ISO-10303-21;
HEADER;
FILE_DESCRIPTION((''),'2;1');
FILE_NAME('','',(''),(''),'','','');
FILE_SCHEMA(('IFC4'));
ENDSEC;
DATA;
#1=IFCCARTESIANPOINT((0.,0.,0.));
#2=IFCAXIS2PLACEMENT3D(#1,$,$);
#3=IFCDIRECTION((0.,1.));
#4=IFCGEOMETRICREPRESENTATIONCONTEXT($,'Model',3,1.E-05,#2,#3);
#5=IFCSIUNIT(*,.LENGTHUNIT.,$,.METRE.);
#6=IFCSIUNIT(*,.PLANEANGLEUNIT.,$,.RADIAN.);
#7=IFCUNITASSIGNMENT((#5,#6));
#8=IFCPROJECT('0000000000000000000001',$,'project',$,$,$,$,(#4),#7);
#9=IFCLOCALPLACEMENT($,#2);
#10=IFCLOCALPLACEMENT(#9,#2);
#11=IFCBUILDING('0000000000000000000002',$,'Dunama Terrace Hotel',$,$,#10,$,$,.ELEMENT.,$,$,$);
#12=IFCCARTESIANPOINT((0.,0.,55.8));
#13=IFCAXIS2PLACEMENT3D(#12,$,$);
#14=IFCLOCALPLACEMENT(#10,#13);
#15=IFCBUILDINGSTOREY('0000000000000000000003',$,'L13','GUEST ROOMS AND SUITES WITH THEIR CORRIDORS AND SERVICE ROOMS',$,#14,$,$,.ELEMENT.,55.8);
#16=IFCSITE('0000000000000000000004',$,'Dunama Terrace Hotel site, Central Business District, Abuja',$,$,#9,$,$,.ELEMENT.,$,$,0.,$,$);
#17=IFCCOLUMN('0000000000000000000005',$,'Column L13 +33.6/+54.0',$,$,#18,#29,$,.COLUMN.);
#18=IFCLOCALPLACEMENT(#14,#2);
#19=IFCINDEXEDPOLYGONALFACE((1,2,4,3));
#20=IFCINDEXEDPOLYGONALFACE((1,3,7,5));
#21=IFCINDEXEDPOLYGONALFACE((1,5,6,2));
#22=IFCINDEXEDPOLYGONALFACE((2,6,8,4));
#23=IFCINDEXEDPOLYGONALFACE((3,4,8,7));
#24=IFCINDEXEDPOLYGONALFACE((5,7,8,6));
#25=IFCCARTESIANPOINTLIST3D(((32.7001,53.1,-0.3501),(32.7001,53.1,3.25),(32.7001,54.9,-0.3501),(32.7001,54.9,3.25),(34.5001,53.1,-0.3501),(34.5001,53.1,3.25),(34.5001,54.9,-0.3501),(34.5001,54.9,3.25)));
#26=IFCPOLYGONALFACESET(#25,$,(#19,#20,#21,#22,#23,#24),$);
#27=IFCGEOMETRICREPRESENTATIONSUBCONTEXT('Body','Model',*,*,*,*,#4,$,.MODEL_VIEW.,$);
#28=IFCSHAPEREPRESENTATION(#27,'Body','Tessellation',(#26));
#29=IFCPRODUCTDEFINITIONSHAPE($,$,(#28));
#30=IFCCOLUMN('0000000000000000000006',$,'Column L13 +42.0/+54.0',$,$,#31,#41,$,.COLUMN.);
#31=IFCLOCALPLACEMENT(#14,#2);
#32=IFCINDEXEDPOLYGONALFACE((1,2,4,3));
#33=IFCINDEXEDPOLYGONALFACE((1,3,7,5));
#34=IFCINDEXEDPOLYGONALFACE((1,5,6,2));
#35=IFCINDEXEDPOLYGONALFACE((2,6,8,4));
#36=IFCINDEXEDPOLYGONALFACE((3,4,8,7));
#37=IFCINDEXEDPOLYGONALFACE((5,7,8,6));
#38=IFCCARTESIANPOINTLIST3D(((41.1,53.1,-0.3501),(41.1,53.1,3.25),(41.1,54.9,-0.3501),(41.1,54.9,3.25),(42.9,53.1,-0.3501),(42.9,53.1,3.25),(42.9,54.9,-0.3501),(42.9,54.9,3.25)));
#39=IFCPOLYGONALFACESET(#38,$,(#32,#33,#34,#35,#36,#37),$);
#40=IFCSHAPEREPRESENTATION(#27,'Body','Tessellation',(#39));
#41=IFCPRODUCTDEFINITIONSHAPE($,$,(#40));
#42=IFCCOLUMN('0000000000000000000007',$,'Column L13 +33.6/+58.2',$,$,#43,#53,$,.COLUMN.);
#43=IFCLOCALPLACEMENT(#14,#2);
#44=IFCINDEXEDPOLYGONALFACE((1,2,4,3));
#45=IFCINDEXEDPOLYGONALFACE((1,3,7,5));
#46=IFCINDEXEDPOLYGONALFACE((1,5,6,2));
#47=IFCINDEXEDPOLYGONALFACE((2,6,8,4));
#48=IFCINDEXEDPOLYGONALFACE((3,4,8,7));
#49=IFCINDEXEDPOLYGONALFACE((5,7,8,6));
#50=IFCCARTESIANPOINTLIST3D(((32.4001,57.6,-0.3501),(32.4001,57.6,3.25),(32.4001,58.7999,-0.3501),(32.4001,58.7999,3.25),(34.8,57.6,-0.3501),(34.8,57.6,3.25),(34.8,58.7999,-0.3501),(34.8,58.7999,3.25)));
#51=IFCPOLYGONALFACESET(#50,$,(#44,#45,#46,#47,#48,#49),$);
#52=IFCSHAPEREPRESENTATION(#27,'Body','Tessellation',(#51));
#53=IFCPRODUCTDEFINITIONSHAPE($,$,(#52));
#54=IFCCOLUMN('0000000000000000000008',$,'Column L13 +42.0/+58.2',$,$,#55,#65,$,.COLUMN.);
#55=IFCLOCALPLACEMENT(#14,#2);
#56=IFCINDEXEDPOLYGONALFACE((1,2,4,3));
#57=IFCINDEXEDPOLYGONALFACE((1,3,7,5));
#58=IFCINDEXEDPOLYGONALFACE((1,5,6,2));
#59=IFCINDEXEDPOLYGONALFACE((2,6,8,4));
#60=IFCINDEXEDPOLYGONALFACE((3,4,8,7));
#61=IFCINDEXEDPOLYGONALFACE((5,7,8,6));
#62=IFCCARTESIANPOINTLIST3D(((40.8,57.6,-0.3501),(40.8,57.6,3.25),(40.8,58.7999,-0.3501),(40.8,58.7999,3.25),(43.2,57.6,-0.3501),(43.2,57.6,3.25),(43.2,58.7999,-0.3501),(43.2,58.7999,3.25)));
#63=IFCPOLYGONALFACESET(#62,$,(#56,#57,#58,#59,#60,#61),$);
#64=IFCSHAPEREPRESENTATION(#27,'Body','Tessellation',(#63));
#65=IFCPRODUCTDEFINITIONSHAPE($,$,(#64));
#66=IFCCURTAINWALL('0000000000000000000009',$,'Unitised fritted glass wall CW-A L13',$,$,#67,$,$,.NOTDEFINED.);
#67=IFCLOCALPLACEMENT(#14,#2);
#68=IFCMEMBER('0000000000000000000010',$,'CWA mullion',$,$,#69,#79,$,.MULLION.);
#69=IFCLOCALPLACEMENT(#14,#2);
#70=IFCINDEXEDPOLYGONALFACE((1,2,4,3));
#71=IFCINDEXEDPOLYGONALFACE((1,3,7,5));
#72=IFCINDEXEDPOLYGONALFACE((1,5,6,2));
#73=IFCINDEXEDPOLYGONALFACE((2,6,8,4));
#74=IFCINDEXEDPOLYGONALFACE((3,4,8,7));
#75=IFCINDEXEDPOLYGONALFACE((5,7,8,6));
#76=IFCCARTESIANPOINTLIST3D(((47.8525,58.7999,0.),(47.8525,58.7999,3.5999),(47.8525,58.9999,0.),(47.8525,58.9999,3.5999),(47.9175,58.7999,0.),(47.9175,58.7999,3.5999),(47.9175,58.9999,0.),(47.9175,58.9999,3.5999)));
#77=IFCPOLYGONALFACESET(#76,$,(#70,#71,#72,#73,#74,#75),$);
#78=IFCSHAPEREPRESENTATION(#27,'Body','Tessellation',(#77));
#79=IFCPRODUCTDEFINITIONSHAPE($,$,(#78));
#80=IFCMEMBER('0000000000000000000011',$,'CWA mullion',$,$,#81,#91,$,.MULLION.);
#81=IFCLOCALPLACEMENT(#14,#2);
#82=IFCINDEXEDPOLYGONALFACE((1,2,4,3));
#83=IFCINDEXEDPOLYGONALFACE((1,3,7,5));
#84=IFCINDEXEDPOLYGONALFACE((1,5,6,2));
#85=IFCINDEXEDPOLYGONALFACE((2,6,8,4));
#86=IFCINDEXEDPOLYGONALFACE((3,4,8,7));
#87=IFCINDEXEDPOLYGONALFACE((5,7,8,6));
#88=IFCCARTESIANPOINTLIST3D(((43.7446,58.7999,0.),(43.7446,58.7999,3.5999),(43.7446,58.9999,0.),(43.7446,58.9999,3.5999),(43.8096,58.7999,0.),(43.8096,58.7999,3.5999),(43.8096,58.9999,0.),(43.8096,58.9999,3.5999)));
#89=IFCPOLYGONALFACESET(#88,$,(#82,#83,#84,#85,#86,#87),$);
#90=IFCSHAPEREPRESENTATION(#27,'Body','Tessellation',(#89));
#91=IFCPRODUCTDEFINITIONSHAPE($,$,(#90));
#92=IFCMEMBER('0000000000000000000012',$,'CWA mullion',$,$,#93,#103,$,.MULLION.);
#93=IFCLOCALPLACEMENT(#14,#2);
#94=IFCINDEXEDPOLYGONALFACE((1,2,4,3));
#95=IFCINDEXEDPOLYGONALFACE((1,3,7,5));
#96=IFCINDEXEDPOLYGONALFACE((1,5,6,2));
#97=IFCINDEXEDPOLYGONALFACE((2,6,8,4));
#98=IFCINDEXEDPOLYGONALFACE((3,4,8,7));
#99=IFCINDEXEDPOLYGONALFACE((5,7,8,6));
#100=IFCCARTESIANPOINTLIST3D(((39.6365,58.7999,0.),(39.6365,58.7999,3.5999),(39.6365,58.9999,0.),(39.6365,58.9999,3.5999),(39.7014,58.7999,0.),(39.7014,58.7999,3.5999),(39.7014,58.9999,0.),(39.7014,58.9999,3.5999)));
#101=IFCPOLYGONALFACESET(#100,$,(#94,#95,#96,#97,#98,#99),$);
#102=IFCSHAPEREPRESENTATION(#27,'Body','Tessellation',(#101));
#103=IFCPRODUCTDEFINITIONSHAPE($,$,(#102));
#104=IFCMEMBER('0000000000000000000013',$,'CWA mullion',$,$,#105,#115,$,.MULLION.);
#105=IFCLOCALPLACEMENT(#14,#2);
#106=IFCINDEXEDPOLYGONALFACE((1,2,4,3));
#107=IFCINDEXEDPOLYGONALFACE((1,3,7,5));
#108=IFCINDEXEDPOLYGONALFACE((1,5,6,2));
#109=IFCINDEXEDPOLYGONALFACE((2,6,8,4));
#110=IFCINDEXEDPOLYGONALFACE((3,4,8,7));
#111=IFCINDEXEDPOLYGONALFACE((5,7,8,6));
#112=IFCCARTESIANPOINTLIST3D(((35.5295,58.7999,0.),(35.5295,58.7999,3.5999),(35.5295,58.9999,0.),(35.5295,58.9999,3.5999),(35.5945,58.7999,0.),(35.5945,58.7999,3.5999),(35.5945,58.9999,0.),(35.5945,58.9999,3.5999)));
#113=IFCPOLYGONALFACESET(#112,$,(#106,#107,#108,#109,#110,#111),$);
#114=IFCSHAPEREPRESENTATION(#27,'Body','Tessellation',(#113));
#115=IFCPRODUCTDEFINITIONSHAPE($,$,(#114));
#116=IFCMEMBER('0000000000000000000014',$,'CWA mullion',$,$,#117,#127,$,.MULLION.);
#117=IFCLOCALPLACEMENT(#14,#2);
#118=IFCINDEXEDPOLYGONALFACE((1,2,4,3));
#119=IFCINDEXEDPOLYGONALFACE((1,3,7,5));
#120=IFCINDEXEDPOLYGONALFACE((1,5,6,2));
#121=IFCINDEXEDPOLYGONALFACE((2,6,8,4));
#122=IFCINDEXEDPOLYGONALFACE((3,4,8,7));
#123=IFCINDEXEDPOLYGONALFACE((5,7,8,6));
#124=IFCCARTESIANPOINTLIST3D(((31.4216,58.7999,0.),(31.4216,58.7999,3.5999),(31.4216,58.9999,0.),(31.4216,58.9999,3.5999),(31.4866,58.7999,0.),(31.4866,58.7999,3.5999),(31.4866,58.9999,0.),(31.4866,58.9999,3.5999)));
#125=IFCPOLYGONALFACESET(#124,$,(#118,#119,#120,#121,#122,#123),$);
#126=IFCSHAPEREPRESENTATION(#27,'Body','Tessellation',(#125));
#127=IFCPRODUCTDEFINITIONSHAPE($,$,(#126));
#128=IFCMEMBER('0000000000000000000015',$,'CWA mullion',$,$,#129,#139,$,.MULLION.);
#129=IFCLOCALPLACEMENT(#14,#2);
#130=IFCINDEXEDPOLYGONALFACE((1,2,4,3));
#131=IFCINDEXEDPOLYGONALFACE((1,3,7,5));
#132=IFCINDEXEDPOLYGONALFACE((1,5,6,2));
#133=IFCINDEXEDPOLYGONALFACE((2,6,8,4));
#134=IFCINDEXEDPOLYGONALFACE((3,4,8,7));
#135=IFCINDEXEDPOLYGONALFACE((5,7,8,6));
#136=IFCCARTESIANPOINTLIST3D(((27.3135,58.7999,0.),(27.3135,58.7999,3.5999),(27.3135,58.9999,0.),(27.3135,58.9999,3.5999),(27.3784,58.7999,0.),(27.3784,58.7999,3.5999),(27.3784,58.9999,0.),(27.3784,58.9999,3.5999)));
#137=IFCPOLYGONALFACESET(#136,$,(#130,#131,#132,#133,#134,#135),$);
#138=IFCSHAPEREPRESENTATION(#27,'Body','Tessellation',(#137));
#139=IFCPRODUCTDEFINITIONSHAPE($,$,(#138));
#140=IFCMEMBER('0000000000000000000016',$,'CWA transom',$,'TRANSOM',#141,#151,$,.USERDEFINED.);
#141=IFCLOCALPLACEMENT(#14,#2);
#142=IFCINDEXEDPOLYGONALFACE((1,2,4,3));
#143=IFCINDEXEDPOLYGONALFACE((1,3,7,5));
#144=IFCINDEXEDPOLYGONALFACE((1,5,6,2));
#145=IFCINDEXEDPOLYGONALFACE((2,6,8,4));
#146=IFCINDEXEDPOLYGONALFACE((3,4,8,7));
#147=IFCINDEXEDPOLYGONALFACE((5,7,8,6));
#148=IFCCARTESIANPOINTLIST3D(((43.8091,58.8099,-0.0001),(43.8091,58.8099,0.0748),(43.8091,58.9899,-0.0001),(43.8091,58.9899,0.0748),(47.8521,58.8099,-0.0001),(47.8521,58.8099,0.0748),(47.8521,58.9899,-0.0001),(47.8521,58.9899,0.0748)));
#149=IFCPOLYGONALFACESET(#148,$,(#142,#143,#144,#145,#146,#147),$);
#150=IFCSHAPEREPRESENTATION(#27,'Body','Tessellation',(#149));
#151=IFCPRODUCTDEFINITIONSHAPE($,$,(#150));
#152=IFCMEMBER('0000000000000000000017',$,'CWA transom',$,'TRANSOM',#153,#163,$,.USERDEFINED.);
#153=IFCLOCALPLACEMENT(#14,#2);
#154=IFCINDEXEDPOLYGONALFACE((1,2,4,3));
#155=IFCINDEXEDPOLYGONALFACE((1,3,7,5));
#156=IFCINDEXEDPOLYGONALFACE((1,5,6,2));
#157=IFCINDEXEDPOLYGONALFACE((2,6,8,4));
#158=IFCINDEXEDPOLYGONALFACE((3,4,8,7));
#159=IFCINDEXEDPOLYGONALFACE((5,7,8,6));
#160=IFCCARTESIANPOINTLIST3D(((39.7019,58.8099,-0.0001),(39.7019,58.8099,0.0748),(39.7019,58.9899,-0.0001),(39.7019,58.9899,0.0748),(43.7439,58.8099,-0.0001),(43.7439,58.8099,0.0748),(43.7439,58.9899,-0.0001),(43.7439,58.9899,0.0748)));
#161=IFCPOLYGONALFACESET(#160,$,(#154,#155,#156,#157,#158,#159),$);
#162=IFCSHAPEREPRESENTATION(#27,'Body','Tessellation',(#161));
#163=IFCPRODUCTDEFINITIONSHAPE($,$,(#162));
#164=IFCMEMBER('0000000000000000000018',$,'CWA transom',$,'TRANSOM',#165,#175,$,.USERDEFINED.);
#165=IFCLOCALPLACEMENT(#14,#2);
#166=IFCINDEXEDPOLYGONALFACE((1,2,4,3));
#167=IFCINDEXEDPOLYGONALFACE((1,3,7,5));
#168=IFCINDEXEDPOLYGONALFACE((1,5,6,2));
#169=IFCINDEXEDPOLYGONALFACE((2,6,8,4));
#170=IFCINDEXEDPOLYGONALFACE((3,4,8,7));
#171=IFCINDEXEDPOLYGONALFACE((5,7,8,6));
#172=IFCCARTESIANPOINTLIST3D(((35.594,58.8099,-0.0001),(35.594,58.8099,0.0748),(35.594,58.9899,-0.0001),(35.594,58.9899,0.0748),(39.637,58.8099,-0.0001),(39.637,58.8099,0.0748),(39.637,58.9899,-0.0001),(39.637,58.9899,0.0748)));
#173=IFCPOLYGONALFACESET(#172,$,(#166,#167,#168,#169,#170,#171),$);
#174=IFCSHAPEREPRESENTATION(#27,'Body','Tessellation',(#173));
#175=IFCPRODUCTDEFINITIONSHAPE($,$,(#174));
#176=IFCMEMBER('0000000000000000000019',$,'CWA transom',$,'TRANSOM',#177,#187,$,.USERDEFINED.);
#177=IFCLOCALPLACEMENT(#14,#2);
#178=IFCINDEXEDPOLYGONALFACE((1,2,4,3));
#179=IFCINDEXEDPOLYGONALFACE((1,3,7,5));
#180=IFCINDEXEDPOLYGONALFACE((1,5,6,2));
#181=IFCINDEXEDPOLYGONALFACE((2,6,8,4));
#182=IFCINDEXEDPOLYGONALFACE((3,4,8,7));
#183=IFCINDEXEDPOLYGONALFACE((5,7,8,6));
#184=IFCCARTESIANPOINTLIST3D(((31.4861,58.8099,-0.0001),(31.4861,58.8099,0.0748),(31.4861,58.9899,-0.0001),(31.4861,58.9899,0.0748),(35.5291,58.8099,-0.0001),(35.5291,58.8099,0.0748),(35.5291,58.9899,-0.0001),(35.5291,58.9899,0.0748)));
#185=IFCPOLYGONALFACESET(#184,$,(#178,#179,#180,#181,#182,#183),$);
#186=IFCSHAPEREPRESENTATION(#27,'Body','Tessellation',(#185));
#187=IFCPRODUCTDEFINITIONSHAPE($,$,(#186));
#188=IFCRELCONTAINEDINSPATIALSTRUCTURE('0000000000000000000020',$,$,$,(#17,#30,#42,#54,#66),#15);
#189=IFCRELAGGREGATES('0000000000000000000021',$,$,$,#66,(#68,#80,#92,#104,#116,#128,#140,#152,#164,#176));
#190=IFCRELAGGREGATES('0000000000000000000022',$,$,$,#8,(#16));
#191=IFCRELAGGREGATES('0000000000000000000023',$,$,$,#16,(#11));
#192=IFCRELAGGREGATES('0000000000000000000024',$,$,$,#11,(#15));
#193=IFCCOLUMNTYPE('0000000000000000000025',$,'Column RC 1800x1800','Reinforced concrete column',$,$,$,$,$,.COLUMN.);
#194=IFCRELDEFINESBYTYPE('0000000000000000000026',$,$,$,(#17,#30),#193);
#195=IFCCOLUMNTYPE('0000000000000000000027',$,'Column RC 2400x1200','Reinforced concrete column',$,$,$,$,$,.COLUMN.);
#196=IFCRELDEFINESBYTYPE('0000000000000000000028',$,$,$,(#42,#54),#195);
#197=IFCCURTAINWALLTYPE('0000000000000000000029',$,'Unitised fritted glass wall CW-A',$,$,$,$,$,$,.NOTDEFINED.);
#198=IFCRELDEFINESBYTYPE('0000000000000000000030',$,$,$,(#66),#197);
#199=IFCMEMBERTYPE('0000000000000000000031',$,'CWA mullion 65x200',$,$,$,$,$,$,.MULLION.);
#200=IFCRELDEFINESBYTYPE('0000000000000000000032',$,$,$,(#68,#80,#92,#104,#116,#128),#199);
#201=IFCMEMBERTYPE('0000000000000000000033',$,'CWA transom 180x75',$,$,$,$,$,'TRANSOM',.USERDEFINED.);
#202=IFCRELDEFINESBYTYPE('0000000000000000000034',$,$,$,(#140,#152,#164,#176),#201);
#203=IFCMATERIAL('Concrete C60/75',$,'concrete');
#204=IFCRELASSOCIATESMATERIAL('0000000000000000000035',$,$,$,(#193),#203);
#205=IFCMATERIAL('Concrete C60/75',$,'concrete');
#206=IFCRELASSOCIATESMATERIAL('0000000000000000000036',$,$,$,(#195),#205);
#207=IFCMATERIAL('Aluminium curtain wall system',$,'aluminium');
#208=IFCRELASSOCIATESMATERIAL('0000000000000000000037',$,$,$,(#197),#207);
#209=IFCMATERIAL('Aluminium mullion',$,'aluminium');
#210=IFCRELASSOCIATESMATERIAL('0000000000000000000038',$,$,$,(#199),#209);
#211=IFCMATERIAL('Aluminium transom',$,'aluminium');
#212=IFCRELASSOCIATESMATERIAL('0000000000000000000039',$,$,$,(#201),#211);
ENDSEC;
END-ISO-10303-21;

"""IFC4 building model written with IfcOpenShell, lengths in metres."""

from ifc_helpers import new_model, si_unit, direction, frame, origin, origin_2d, place, context, subcontext, project, spatial, rectangle, extrude, material, material_profile, profile_set, type_object, element, aggregate, save


model = new_model("IFC4")

# Units and contexts
model_context = context("Model", 3, precision=1e-05, world=origin(), true_north=direction((0.0, 1.0)))
body_context = subcontext(model_context, "Body", "Model", "MODEL_VIEW")
ifc_project = project(units=[si_unit("LENGTHUNIT", "METRE"), si_unit("PLANEANGLEUNIT", "RADIAN")], contexts=[model_context])

# Site, building, storey
site_placement = place(None, origin())
site = spatial("IfcSite", under=ifc_project, at=site_placement, Name="Dunama Terrace Hotel site, Central Business District, Abuja", CompositionType="ELEMENT", RefElevation=0.0)
building_placement = place(site_placement, origin())
building = spatial("IfcBuilding", under=site, at=building_placement, Name="Dunama Terrace Hotel", CompositionType="ELEMENT")
storey_placement = place(building_placement, frame((0.0, 0.0, 55.8)))
storey = spatial("IfcBuildingStorey", under=building, at=storey_placement, Name="L13", Description="GUEST ROOMS AND SUITES WITH THEIR CORRIDORS AND SERVICE ROOMS", CompositionType="ELEMENT", Elevation=55.8)

# Columns
ifc_material_1 = material(Name="Concrete C60/75", Category="concrete")
ifc_material_profile_1 = material_profile(ifc_material_1, rectangle(XDim=1.8, YDim=1.8, at=origin_2d()), Name="RC 1800x1800")
ifc_profile_set_1 = profile_set([ifc_material_profile_1], Name="Concrete C60/75")
column_type_1 = type_object("IfcColumnType", Name="Column RC 1800x1800", Description="Reinforced concrete column", PredefinedType="COLUMN", material=ifc_profile_set_1)
for number, where, z_axis, x_axis, name in (
    (1, (33.6001, 54.0, -0.3501), (0.0, 0.0, 1.0), (1.0, 0.0, 0.0), "Column L13 +33.6/+54.0"),
    (2, (42.0, 54.0, -0.3501), (0.0, 0.0, 1.0), (1.0, 0.0, 0.0), "Column L13 +42.0/+54.0"),
):
    element("IfcColumn", number, at=place(storey_placement, frame(where, z_axis=z_axis, x_axis=x_axis)), inside=storey, type_object=column_type_1, Name=name, PredefinedType="COLUMN", context=body_context, shape_type="SweptSolid", body=[
        extrude(rectangle(XDim=1.8, YDim=1.8, at=origin_2d()), origin(), (0.0, 0.0, 1.0), 3.6001),
    ])
ifc_material_2 = material(Name="Concrete C60/75", Category="concrete")
ifc_material_profile_2 = material_profile(ifc_material_2, rectangle(XDim=2.3999, YDim=1.2, at=origin_2d()), Name="RC 2400x1200")
ifc_profile_set_2 = profile_set([ifc_material_profile_2], Name="Concrete C60/75")
column_type_2 = type_object("IfcColumnType", Name="Column RC 2400x1200", Description="Reinforced concrete column", PredefinedType="COLUMN", material=ifc_profile_set_2)
for number, where, z_axis, x_axis, name in (
    (3, (33.6001, 58.2, -0.3501), (0.0, 0.0, 1.0), (1.0, 0.0, 0.0), "Column L13 +33.6/+58.2"),
    (4, (42.0, 58.2, -0.3501), (0.0, 0.0, 1.0), (1.0, 0.0, 0.0), "Column L13 +42.0/+58.2"),
):
    element("IfcColumn", number, at=place(storey_placement, frame(where, z_axis=z_axis, x_axis=x_axis)), inside=storey, type_object=column_type_2, Name=name, PredefinedType="COLUMN", context=body_context, shape_type="SweptSolid", body=[
        extrude(rectangle(XDim=2.3999, YDim=1.2, at=origin_2d()), origin(), (0.0, 0.0, 1.0), 3.6001),
    ])

# Curtain wall, members
ifc_material_3 = material(Name="Aluminium curtain wall system", Category="aluminium")
curtain_wall_type = type_object("IfcCurtainWallType", Name="Unitised fritted glass wall CW-A", PredefinedType="NOTDEFINED", material=ifc_material_3)
curtain_wall_placement = place(storey_placement, origin())
curtain_wall = element("IfcCurtainWall", 5, at=curtain_wall_placement, inside=storey, type_object=curtain_wall_type, Name="Unitised fritted glass wall CW-A L13", PredefinedType="NOTDEFINED")
ifc_material_4 = material(Name="Aluminium mullion", Category="aluminium")
ifc_material_profile_3 = material_profile(ifc_material_4, rectangle(XDim=0.0649, YDim=0.2, at=origin_2d()), Name="CWA MULLION 65X200")
ifc_profile_set_3 = profile_set([ifc_material_profile_3], Name="Aluminium mullion")
member_type_1 = type_object("IfcMemberType", Name="CWA mullion 65x200", PredefinedType="MULLION", material=ifc_profile_set_3)
member_1_placement = place(storey_placement, frame((47.885, 58.8999, 0.0), z_axis=(0.0, 0.0, 1.0), x_axis=(-1.0, 0.0, 0.0)))
member_1 = element("IfcMember", 6, at=member_1_placement, type_object=member_type_1, Name="CWA mullion", PredefinedType="MULLION", context=body_context, shape_type="SweptSolid", body=[
    extrude(rectangle(XDim=0.0649, YDim=0.2, at=origin_2d()), origin(), (0.0, 0.0, 1.0), 3.5999),
])
member_2_placement = place(storey_placement, frame((43.7771, 58.8999, 0.0), z_axis=(0.0, 0.0, 1.0), x_axis=(-1.0, 0.0, 0.0)))
member_2 = element("IfcMember", 7, at=member_2_placement, type_object=member_type_1, Name="CWA mullion", PredefinedType="MULLION", context=body_context, shape_type="SweptSolid", body=[
    extrude(rectangle(XDim=0.0649, YDim=0.2, at=origin_2d()), origin(), (0.0, 0.0, 1.0), 3.5999),
])
member_3_placement = place(storey_placement, frame((39.6689, 58.8999, 0.0), z_axis=(0.0, 0.0, 1.0), x_axis=(-1.0, 0.0, 0.0)))
member_3 = element("IfcMember", 8, at=member_3_placement, type_object=member_type_1, Name="CWA mullion", PredefinedType="MULLION", context=body_context, shape_type="SweptSolid", body=[
    extrude(rectangle(XDim=0.0649, YDim=0.2, at=origin_2d()), origin(), (0.0, 0.0, 1.0), 3.5999),
])
member_4_placement = place(storey_placement, frame((35.562, 58.8999, 0.0), z_axis=(0.0, 0.0, 1.0), x_axis=(-1.0, 0.0, 0.0)))
member_4 = element("IfcMember", 9, at=member_4_placement, type_object=member_type_1, Name="CWA mullion", PredefinedType="MULLION", context=body_context, shape_type="SweptSolid", body=[
    extrude(rectangle(XDim=0.0649, YDim=0.2, at=origin_2d()), origin(), (0.0, 0.0, 1.0), 3.5999),
])
member_5_placement = place(storey_placement, frame((31.4541, 58.8999, 0.0), z_axis=(0.0, 0.0, 1.0), x_axis=(-1.0, 0.0, 0.0)))
member_5 = element("IfcMember", 10, at=member_5_placement, type_object=member_type_1, Name="CWA mullion", PredefinedType="MULLION", context=body_context, shape_type="SweptSolid", body=[
    extrude(rectangle(XDim=0.0649, YDim=0.2, at=origin_2d()), origin(), (0.0, 0.0, 1.0), 3.5999),
])
member_6_placement = place(storey_placement, frame((27.3459, 58.8999, 0.0), z_axis=(0.0, 0.0, 1.0), x_axis=(-1.0, 0.0, 0.0)))
member_6 = element("IfcMember", 11, at=member_6_placement, type_object=member_type_1, Name="CWA mullion", PredefinedType="MULLION", context=body_context, shape_type="SweptSolid", body=[
    extrude(rectangle(XDim=0.0649, YDim=0.2, at=origin_2d()), origin(), (0.0, 0.0, 1.0), 3.5999),
])
ifc_material_5 = material(Name="Aluminium transom", Category="aluminium")
ifc_material_profile_4 = material_profile(ifc_material_5, rectangle(XDim=0.1799, YDim=0.075, at=origin_2d()), Name="CWA TRANSOM 180X75")
ifc_profile_set_4 = profile_set([ifc_material_profile_4], Name="Aluminium transom")
member_type_2 = type_object("IfcMemberType", Name="CWA transom 180x75", ElementType="TRANSOM", PredefinedType="USERDEFINED", material=ifc_profile_set_4)
member_7_placement = place(storey_placement, frame((47.8521, 58.8999, 0.0374), z_axis=(-1.0, 0.0, 0.0), x_axis=(0.0, -1.0, 0.0)))
member_7 = element("IfcMember", 12, at=member_7_placement, type_object=member_type_2, Name="CWA transom", ObjectType="TRANSOM", PredefinedType="USERDEFINED", context=body_context, shape_type="SweptSolid", body=[
    extrude(rectangle(XDim=0.1799, YDim=0.075, at=origin_2d()), origin(), (0.0, 0.0, 1.0), 4.043),
])
member_8_placement = place(storey_placement, frame((43.7439, 58.8999, 0.0374), z_axis=(-1.0, 0.0, 0.0), x_axis=(0.0, -1.0, 0.0)))
member_8 = element("IfcMember", 13, at=member_8_placement, type_object=member_type_2, Name="CWA transom", ObjectType="TRANSOM", PredefinedType="USERDEFINED", context=body_context, shape_type="SweptSolid", body=[
    extrude(rectangle(XDim=0.1799, YDim=0.075, at=origin_2d()), origin(), (0.0, 0.0, 1.0), 4.042),
])
member_9_placement = place(storey_placement, frame((39.637, 58.8999, 0.0374), z_axis=(-1.0, 0.0, 0.0), x_axis=(0.0, -1.0, 0.0)))
member_9 = element("IfcMember", 14, at=member_9_placement, type_object=member_type_2, Name="CWA transom", ObjectType="TRANSOM", PredefinedType="USERDEFINED", context=body_context, shape_type="SweptSolid", body=[
    extrude(rectangle(XDim=0.1799, YDim=0.075, at=origin_2d()), origin(), (0.0, 0.0, 1.0), 4.043),
])
member_10_placement = place(storey_placement, frame((35.5291, 58.8999, 0.0374), z_axis=(-1.0, 0.0, 0.0), x_axis=(0.0, -1.0, 0.0)))
member_10 = element("IfcMember", 15, at=member_10_placement, type_object=member_type_2, Name="CWA transom", ObjectType="TRANSOM", PredefinedType="USERDEFINED", context=body_context, shape_type="SweptSolid", body=[
    extrude(rectangle(XDim=0.1799, YDim=0.075, at=origin_2d()), origin(), (0.0, 0.0, 1.0), 4.043),
])

aggregate(curtain_wall, [member_1, member_2, member_3, member_4, member_5, member_6, member_7, member_8, member_9, member_10])

save(model, "model.ifc")
